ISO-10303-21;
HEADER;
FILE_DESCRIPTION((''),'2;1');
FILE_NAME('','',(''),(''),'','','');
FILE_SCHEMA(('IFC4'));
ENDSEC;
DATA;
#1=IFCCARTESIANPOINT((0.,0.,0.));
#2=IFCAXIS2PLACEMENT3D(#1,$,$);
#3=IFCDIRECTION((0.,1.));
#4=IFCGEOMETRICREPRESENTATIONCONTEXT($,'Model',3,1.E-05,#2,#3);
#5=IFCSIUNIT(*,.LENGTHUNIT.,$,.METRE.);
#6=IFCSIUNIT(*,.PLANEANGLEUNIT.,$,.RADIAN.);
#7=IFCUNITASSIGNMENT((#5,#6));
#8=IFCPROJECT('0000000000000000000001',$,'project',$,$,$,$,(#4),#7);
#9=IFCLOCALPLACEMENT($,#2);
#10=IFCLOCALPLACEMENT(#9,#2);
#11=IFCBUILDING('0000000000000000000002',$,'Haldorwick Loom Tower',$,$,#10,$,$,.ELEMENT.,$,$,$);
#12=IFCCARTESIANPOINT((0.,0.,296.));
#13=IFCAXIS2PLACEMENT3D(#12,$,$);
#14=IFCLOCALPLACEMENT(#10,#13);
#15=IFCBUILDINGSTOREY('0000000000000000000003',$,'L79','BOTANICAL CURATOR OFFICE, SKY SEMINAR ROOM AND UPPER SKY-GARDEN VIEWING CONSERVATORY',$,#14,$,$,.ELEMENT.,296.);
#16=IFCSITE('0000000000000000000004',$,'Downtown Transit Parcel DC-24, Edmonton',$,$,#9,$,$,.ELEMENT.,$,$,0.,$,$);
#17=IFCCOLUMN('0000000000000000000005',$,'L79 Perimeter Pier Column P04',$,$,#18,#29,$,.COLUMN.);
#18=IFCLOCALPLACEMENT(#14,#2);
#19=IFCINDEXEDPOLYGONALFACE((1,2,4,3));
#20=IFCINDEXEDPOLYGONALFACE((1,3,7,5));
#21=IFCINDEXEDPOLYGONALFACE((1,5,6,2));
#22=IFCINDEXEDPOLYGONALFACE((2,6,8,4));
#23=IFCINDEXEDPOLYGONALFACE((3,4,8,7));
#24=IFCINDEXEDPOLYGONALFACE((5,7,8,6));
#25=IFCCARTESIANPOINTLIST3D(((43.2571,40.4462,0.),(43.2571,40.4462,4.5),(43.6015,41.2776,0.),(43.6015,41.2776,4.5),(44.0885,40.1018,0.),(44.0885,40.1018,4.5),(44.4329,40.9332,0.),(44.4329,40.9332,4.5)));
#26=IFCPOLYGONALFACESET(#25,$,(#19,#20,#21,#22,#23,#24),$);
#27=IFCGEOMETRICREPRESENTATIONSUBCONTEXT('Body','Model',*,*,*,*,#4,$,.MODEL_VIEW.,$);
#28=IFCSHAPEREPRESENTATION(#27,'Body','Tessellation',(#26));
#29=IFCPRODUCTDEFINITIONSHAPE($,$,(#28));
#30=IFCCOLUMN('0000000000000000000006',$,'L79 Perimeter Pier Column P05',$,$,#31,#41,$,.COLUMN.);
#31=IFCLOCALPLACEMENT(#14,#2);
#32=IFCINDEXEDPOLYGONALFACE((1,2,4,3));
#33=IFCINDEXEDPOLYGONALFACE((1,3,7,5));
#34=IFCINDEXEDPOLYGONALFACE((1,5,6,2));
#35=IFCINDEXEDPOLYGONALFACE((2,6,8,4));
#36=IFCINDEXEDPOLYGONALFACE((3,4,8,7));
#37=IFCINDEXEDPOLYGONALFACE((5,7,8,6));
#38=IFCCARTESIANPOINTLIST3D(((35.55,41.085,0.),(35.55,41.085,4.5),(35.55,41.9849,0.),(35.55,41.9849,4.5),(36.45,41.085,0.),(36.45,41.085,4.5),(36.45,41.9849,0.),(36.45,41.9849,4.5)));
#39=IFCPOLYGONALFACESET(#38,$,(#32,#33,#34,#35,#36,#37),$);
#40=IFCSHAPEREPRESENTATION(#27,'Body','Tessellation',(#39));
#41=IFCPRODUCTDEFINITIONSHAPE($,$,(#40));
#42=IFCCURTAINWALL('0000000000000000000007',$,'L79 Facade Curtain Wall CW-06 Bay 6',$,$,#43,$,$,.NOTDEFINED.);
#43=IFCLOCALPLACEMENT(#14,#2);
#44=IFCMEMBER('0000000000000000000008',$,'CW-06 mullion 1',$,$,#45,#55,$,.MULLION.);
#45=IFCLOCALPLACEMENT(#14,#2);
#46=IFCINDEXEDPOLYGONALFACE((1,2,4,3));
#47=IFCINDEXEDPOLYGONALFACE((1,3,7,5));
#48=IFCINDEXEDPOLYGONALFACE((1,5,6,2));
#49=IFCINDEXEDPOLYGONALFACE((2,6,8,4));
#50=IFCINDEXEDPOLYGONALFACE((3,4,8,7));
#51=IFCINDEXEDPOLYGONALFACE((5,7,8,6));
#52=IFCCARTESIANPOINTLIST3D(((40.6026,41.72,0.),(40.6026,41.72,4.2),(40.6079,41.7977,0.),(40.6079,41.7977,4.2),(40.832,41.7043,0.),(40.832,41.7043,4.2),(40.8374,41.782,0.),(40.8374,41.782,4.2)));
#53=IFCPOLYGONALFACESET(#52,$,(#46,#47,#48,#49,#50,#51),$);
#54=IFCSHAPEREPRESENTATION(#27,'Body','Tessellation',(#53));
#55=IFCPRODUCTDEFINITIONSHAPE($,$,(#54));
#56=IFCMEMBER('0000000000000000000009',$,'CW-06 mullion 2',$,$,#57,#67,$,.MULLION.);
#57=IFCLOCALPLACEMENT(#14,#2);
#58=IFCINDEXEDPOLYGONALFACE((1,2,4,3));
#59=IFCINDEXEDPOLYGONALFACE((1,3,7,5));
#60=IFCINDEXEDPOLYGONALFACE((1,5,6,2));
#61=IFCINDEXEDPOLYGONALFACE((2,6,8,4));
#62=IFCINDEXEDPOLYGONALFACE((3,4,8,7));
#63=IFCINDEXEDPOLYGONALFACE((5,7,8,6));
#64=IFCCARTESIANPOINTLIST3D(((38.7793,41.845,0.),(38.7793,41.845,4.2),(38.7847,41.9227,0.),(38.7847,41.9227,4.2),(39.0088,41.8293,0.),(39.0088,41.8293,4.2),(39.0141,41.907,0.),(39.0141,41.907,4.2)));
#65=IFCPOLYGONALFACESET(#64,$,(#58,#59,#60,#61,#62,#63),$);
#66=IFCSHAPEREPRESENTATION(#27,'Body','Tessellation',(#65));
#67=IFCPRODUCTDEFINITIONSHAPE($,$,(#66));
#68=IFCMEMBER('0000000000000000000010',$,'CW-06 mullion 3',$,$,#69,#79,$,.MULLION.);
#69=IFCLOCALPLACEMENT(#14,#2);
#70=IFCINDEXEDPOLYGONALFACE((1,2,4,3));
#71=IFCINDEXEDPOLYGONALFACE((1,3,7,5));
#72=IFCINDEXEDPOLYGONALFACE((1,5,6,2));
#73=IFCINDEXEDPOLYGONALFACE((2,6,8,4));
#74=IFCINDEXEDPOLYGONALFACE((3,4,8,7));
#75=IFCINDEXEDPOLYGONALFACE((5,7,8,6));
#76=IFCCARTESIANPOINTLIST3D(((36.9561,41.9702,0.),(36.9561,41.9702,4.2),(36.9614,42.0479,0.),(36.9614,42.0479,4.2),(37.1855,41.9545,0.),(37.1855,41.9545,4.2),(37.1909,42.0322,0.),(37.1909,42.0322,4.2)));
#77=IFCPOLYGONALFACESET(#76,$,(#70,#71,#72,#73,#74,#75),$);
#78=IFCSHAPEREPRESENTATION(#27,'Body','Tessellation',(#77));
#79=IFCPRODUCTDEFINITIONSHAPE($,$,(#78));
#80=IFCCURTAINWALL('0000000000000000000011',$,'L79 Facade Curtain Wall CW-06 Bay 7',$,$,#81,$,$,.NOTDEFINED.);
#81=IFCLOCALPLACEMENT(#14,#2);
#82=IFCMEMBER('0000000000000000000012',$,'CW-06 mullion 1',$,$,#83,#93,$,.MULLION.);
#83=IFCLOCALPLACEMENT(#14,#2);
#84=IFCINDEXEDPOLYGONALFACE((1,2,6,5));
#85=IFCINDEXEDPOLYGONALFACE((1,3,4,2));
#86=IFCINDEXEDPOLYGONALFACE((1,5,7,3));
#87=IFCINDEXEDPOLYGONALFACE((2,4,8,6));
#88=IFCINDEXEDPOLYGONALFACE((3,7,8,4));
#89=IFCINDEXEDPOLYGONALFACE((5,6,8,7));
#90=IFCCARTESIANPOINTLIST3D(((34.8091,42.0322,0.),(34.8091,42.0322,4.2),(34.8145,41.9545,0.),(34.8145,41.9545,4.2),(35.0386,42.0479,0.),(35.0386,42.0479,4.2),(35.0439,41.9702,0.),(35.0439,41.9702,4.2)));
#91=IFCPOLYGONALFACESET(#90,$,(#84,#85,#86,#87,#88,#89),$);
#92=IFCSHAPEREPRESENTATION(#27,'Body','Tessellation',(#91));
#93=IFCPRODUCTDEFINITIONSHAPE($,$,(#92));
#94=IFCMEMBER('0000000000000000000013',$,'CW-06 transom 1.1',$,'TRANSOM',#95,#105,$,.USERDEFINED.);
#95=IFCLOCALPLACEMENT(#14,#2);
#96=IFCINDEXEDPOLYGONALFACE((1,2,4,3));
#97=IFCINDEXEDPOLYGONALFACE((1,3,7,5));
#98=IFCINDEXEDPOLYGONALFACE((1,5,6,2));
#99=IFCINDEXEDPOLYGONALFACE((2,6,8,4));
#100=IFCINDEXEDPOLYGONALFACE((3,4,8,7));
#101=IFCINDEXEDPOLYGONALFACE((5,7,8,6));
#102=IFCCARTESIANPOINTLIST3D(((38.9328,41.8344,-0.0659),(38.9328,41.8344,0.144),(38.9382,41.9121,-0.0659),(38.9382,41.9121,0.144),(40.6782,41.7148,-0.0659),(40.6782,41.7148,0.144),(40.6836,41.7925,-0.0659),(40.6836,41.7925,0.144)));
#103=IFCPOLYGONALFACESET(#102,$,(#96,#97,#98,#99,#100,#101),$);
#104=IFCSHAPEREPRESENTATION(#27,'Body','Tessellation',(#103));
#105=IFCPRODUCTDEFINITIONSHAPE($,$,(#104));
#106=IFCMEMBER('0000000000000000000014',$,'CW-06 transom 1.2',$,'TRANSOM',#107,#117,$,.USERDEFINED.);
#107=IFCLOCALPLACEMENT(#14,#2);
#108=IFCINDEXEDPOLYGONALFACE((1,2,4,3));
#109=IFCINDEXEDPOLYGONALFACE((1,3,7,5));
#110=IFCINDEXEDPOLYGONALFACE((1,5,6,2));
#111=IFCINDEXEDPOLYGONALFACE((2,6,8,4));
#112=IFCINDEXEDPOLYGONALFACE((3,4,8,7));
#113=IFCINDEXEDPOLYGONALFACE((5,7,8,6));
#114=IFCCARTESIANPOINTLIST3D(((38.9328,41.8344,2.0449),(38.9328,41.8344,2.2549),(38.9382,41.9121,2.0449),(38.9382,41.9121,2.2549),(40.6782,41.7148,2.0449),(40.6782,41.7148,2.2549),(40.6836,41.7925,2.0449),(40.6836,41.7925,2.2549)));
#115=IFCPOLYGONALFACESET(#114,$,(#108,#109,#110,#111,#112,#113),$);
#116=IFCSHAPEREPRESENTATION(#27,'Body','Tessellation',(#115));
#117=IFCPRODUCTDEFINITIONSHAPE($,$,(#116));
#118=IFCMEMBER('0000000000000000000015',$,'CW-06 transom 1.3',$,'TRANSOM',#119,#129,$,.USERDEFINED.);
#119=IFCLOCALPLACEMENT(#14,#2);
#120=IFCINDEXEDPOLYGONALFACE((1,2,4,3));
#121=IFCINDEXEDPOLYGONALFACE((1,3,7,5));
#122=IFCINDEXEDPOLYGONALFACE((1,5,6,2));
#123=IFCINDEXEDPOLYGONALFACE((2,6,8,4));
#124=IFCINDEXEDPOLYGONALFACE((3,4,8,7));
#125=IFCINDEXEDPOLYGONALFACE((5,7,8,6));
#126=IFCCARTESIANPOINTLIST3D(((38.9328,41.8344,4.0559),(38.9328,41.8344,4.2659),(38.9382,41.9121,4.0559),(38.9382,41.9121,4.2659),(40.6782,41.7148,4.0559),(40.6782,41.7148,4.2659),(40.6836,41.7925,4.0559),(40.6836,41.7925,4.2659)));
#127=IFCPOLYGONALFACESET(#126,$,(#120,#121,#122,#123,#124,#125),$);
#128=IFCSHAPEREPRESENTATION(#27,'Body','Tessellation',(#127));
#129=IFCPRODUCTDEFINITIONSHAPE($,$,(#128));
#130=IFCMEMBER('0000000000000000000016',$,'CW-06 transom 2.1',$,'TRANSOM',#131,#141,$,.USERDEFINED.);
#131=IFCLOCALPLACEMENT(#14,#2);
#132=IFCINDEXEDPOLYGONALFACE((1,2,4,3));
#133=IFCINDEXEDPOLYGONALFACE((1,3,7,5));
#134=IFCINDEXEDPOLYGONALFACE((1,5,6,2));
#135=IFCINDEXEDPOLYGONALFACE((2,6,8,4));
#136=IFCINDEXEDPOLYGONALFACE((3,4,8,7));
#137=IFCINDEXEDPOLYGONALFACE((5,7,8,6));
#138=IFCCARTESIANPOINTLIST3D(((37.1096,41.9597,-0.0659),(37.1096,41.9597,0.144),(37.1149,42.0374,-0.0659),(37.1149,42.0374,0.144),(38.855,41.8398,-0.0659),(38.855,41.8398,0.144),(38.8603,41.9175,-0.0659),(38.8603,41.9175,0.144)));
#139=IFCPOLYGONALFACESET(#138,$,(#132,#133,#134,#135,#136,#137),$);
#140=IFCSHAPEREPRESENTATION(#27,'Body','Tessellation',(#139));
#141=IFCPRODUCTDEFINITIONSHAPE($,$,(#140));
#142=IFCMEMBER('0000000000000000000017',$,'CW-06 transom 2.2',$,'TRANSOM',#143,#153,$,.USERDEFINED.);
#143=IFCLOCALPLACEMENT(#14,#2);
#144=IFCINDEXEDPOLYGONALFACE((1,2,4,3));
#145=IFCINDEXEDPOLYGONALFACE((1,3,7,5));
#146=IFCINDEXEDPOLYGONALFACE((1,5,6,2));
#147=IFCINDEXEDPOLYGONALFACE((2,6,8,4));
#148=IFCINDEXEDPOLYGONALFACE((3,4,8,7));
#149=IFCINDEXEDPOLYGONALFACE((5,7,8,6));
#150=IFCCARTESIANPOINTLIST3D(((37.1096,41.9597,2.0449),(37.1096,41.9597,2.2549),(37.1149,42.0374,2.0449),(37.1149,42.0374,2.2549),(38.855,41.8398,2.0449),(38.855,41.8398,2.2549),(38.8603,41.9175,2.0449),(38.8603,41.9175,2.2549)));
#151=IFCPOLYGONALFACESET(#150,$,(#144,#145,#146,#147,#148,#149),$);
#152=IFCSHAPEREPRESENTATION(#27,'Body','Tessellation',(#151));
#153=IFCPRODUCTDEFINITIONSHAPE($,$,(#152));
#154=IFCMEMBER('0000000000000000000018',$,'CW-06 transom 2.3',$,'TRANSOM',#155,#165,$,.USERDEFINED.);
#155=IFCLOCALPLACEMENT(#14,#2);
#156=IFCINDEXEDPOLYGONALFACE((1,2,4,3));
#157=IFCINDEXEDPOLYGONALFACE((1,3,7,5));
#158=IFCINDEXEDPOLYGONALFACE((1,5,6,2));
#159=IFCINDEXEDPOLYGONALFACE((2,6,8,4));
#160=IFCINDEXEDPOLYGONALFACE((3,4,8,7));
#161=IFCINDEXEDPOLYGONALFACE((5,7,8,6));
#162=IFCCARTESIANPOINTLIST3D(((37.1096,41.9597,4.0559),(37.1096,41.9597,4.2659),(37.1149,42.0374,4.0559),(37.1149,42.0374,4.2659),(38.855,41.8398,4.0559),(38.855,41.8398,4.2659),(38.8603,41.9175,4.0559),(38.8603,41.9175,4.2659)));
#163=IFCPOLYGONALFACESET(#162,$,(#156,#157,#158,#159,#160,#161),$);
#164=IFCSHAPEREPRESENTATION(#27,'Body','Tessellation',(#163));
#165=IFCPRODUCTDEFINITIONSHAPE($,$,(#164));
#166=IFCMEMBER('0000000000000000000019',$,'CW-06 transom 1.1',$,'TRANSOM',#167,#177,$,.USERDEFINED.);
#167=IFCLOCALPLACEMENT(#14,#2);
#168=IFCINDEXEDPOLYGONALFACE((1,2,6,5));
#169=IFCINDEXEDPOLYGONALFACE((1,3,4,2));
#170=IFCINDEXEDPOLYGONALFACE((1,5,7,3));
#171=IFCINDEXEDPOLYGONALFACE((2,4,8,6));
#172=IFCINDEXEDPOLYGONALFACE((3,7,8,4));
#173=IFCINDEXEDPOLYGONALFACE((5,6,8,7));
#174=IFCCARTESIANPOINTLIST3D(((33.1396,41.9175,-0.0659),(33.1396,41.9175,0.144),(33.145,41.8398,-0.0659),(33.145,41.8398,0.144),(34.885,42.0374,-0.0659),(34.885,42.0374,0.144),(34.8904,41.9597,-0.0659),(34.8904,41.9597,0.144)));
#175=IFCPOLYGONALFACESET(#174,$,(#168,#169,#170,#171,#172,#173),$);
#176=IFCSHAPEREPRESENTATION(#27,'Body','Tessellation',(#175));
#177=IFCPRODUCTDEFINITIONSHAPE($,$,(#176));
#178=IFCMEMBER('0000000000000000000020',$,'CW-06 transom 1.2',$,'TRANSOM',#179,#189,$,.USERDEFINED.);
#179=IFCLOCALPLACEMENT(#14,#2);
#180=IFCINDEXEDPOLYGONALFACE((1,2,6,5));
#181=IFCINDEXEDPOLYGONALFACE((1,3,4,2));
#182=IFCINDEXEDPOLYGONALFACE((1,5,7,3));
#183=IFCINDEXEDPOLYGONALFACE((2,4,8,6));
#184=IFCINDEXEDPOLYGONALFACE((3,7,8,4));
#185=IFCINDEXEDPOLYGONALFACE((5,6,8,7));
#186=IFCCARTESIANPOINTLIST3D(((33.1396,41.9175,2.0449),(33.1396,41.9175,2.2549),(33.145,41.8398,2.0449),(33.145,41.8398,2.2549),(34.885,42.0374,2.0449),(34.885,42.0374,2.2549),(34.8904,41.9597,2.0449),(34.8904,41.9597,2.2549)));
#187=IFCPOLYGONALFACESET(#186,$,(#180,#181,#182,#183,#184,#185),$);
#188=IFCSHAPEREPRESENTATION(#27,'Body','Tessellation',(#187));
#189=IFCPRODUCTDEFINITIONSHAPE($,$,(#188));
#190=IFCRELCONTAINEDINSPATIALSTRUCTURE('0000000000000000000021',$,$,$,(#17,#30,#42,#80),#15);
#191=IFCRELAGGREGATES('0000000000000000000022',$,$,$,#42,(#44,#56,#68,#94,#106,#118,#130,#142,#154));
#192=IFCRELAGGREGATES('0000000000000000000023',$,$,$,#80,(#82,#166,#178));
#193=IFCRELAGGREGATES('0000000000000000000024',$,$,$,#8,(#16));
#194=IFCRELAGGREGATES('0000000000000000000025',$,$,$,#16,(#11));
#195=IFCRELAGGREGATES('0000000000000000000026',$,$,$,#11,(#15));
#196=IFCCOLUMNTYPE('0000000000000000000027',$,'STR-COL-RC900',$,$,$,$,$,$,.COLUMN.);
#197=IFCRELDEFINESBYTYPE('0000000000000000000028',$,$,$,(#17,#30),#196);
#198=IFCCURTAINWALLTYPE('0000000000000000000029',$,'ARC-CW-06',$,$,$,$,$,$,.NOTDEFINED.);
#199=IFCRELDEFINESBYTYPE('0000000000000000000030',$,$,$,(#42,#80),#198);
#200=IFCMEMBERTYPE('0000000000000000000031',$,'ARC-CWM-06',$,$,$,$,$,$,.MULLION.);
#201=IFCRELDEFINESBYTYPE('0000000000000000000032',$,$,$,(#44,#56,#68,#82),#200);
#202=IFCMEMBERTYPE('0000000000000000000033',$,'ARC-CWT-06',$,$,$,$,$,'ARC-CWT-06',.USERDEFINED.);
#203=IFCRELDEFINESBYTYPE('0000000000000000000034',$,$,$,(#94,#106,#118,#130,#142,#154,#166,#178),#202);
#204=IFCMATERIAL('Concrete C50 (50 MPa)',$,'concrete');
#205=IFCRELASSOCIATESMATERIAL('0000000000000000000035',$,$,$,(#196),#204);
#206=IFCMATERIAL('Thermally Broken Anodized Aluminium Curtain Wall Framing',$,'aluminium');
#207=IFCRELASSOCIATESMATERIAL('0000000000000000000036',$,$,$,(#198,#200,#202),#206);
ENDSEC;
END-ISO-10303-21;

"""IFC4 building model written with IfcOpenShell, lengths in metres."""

from ifc_helpers import new_model, si_unit, direction, frame, origin, origin_2d, place, context, subcontext, project, spatial, rectangle, extrude, material, material_profile, profile_set, type_object, element, aggregate, save


model = new_model("IFC4")

# Units and contexts
model_context = context("Model", 3, precision=1e-05, world=origin(), true_north=direction((0.0, 1.0)))
body_context = subcontext(model_context, "Body", "Model", "MODEL_VIEW")
ifc_project = project(units=[si_unit("LENGTHUNIT", "METRE"), si_unit("PLANEANGLEUNIT", "RADIAN")], contexts=[model_context])

# Site, building, storey
site_placement = place(None, origin())
site = spatial("IfcSite", under=ifc_project, at=site_placement, Name="Downtown Transit Parcel DC-24, Edmonton", CompositionType="ELEMENT", RefElevation=0.0)
building_placement = place(site_placement, origin())
building = spatial("IfcBuilding", under=site, at=building_placement, Name="Haldorwick Loom Tower", CompositionType="ELEMENT")
storey_placement = place(building_placement, frame((0.0, 0.0, 296.0)))
storey = spatial("IfcBuildingStorey", under=building, at=storey_placement, Name="L79", Description="BOTANICAL CURATOR OFFICE, SKY SEMINAR ROOM AND UPPER SKY-GARDEN VIEWING CONSERVATORY", CompositionType="ELEMENT", Elevation=296.0)

# Columns
ifc_material_1 = material(Name="Concrete C50 (50 MPa)", Category="concrete")
ifc_material_profile_1 = material_profile(ifc_material_1, rectangle(XDim=0.8999, YDim=0.8999, at=origin_2d()), Name="RC900X900", Category="concrete")
ifc_profile_set_1 = profile_set([ifc_material_profile_1], Name="Concrete C50 (50 MPa)")
column_type = type_object("IfcColumnType", Name="STR-COL-RC900", PredefinedType="COLUMN", material=ifc_profile_set_1)
for number, where, z_axis, x_axis, name in (
    (1, (43.845, 40.6897, 0.0), (0.0, 0.0, 1.0), (0.382683, 0.92388, 0.0), "L79 Perimeter Pier Column P04"),
    (2, (36.0, 41.5349, 0.0), (0.0, 0.0, 1.0), (0.0, 1.0, 0.0), "L79 Perimeter Pier Column P05"),
):
    element("IfcColumn", number, at=place(storey_placement, frame(where, z_axis=z_axis, x_axis=x_axis)), inside=storey, type_object=column_type, Name=name, PredefinedType="COLUMN", context=body_context, shape_type="SweptSolid", body=[
        extrude(rectangle(XDim=0.8999, YDim=0.8999, at=origin_2d()), origin(), (0.0, 0.0, 1.0), 4.5),
    ])

# Curtain wall, members
ifc_material_2 = material(Name="Thermally Broken Anodized Aluminium Curtain Wall Framing", Category="aluminium")
curtain_wall_type = type_object("IfcCurtainWallType", Name="ARC-CW-06", PredefinedType="NOTDEFINED", material=ifc_material_2)
curtain_wall_1_placement = place(storey_placement, origin())
curtain_wall_1 = element("IfcCurtainWall", 3, at=curtain_wall_1_placement, inside=storey, type_object=curtain_wall_type, Name="L79 Facade Curtain Wall CW-06 Bay 6", PredefinedType="NOTDEFINED")
ifc_material_profile_2 = material_profile(ifc_material_2, rectangle(XDim=0.0779, YDim=0.23, at=origin_2d()), Name="ALU_MUL_78X230", Category="aluminium")
ifc_profile_set_2 = profile_set([ifc_material_profile_2], Name="Thermally Broken Anodized Aluminium Curtain Wall Framing")
member_type_1 = type_object("IfcMemberType", Name="ARC-CWM-06", PredefinedType="MULLION", material=ifc_profile_set_2)
member_1_placement = place(storey_placement, frame((40.72, 41.751, 0.0), z_axis=(0.0, 0.0, 1.0), x_axis=(-0.068469, -0.997653, 0.0)))
member_1 = element("IfcMember", 4, at=member_1_placement, type_object=member_type_1, Name="CW-06 mullion 1", PredefinedType="MULLION", context=body_context, shape_type="SweptSolid", body=[
    extrude(rectangle(XDim=0.0779, YDim=0.23, at=origin_2d()), origin(), (0.0, 0.0, 1.0), 4.2),
])
member_2_placement = place(storey_placement, frame((38.8967, 41.876, 0.0), z_axis=(0.0, 0.0, 1.0), x_axis=(-0.068469, -0.997653, 0.0)))
member_2 = element("IfcMember", 5, at=member_2_placement, type_object=member_type_1, Name="CW-06 mullion 2", PredefinedType="MULLION", context=body_context, shape_type="SweptSolid", body=[
    extrude(rectangle(XDim=0.0779, YDim=0.23, at=origin_2d()), origin(), (0.0, 0.0, 1.0), 4.2),
])
member_3_placement = place(storey_placement, frame((37.0735, 42.0012, 0.0), z_axis=(0.0, 0.0, 1.0), x_axis=(-0.068469, -0.997653, 0.0)))
member_3 = element("IfcMember", 6, at=member_3_placement, type_object=member_type_1, Name="CW-06 mullion 3", PredefinedType="MULLION", context=body_context, shape_type="SweptSolid", body=[
    extrude(rectangle(XDim=0.0779, YDim=0.23, at=origin_2d()), origin(), (0.0, 0.0, 1.0), 4.2),
])

# Curtain wall, member
curtain_wall_2_placement = place(storey_placement, origin())
curtain_wall_2 = element("IfcCurtainWall", 7, at=curtain_wall_2_placement, inside=storey, type_object=curtain_wall_type, Name="L79 Facade Curtain Wall CW-06 Bay 7", PredefinedType="NOTDEFINED")
member_4_placement = place(storey_placement, frame((34.9265, 42.0012, 0.0), z_axis=(0.0, 0.0, 1.0), x_axis=(0.068469, -0.997653, 0.0)))
member_4 = element("IfcMember", 8, at=member_4_placement, type_object=member_type_1, Name="CW-06 mullion 1", PredefinedType="MULLION", context=body_context, shape_type="SweptSolid", body=[
    extrude(rectangle(XDim=0.0779, YDim=0.23, at=origin_2d()), origin(), (0.0, 0.0, 1.0), 4.2),
])

# Members
ifc_material_profile_3 = material_profile(ifc_material_2, rectangle(XDim=0.0779, YDim=0.21, at=origin_2d()), Name="ALU_TRN_78X210", Category="aluminium")
ifc_profile_set_3 = profile_set([ifc_material_profile_3], Name="Thermally Broken Anodized Aluminium Curtain Wall Framing")
member_type_2 = type_object("IfcMemberType", Name="ARC-CWT-06", ElementType="ARC-CWT-06", PredefinedType="USERDEFINED", material=ifc_profile_set_3)
member_5_placement = place(storey_placement, frame((40.6809, 41.7537, 0.0391), z_axis=(-0.997659, 0.068381, 0.0), x_axis=(-0.068381, -0.997659, 0.0)))
member_5 = element("IfcMember", 9, at=member_5_placement, type_object=member_type_2, Name="CW-06 transom 1.1", ObjectType="TRANSOM", PredefinedType="USERDEFINED", context=body_context, shape_type="SweptSolid", body=[
    extrude(rectangle(XDim=0.0779, YDim=0.21, at=origin_2d()), origin(), (0.0, 0.0, 1.0), 1.7495),
])
member_6_placement = place(storey_placement, frame((40.6809, 41.7537, 2.1499), z_axis=(-0.997659, 0.068381, 0.0), x_axis=(-0.068381, -0.997659, 0.0)))
member_6 = element("IfcMember", 10, at=member_6_placement, type_object=member_type_2, Name="CW-06 transom 1.2", ObjectType="TRANSOM", PredefinedType="USERDEFINED", context=body_context, shape_type="SweptSolid", body=[
    extrude(rectangle(XDim=0.0779, YDim=0.21, at=origin_2d()), origin(), (0.0, 0.0, 1.0), 1.7495),
])
member_7_placement = place(storey_placement, frame((40.6809, 41.7537, 4.1609), z_axis=(-0.997659, 0.068381, 0.0), x_axis=(-0.068381, -0.997659, 0.0)))
member_7 = element("IfcMember", 11, at=member_7_placement, type_object=member_type_2, Name="CW-06 transom 1.3", ObjectType="TRANSOM", PredefinedType="USERDEFINED", context=body_context, shape_type="SweptSolid", body=[
    extrude(rectangle(XDim=0.0779, YDim=0.21, at=origin_2d()), origin(), (0.0, 0.0, 1.0), 1.7495),
])
member_8_placement = place(storey_placement, frame((38.8577, 41.8787, 0.0391), z_axis=(-0.99765, 0.06852, 0.0), x_axis=(-0.06852, -0.99765, 0.0)))
member_8 = element("IfcMember", 12, at=member_8_placement, type_object=member_type_2, Name="CW-06 transom 2.1", ObjectType="TRANSOM", PredefinedType="USERDEFINED", context=body_context, shape_type="SweptSolid", body=[
    extrude(rectangle(XDim=0.0779, YDim=0.21, at=origin_2d()), origin(), (0.0, 0.0, 1.0), 1.7495),
])
member_9_placement = place(storey_placement, frame((38.8577, 41.8787, 2.1499), z_axis=(-0.99765, 0.06852, 0.0), x_axis=(-0.06852, -0.99765, 0.0)))
member_9 = element("IfcMember", 13, at=member_9_placement, type_object=member_type_2, Name="CW-06 transom 2.2", ObjectType="TRANSOM", PredefinedType="USERDEFINED", context=body_context, shape_type="SweptSolid", body=[
    extrude(rectangle(XDim=0.0779, YDim=0.21, at=origin_2d()), origin(), (0.0, 0.0, 1.0), 1.7495),
])
member_10_placement = place(storey_placement, frame((38.8577, 41.8787, 4.1609), z_axis=(-0.99765, 0.06852, 0.0), x_axis=(-0.06852, -0.99765, 0.0)))
member_10 = element("IfcMember", 14, at=member_10_placement, type_object=member_type_2, Name="CW-06 transom 2.3", ObjectType="TRANSOM", PredefinedType="USERDEFINED", context=body_context, shape_type="SweptSolid", body=[
    extrude(rectangle(XDim=0.0779, YDim=0.21, at=origin_2d()), origin(), (0.0, 0.0, 1.0), 1.7495),
])
member_11_placement = place(storey_placement, frame((34.8877, 41.9985, 0.0391), z_axis=(-0.99765, -0.06852, 0.0), x_axis=(0.06852, -0.99765, 0.0)))
member_11 = element("IfcMember", 15, at=member_11_placement, type_object=member_type_2, Name="CW-06 transom 1.1", ObjectType="TRANSOM", PredefinedType="USERDEFINED", context=body_context, shape_type="SweptSolid", body=[
    extrude(rectangle(XDim=0.0779, YDim=0.21, at=origin_2d()), origin(), (0.0, 0.0, 1.0), 1.7495),
])
member_12_placement = place(storey_placement, frame((34.8877, 41.9985, 2.1499), z_axis=(-0.99765, -0.06852, 0.0), x_axis=(0.06852, -0.99765, 0.0)))
member_12 = element("IfcMember", 16, at=member_12_placement, type_object=member_type_2, Name="CW-06 transom 1.2", ObjectType="TRANSOM", PredefinedType="USERDEFINED", context=body_context, shape_type="SweptSolid", body=[
    extrude(rectangle(XDim=0.0779, YDim=0.21, at=origin_2d()), origin(), (0.0, 0.0, 1.0), 1.7495),
])

aggregate(curtain_wall_1, [member_1, member_2, member_3, member_5, member_6, member_7, member_8, member_9, member_10])
aggregate(curtain_wall_2, [member_4, member_11, member_12])

save(model, "model.ifc")
